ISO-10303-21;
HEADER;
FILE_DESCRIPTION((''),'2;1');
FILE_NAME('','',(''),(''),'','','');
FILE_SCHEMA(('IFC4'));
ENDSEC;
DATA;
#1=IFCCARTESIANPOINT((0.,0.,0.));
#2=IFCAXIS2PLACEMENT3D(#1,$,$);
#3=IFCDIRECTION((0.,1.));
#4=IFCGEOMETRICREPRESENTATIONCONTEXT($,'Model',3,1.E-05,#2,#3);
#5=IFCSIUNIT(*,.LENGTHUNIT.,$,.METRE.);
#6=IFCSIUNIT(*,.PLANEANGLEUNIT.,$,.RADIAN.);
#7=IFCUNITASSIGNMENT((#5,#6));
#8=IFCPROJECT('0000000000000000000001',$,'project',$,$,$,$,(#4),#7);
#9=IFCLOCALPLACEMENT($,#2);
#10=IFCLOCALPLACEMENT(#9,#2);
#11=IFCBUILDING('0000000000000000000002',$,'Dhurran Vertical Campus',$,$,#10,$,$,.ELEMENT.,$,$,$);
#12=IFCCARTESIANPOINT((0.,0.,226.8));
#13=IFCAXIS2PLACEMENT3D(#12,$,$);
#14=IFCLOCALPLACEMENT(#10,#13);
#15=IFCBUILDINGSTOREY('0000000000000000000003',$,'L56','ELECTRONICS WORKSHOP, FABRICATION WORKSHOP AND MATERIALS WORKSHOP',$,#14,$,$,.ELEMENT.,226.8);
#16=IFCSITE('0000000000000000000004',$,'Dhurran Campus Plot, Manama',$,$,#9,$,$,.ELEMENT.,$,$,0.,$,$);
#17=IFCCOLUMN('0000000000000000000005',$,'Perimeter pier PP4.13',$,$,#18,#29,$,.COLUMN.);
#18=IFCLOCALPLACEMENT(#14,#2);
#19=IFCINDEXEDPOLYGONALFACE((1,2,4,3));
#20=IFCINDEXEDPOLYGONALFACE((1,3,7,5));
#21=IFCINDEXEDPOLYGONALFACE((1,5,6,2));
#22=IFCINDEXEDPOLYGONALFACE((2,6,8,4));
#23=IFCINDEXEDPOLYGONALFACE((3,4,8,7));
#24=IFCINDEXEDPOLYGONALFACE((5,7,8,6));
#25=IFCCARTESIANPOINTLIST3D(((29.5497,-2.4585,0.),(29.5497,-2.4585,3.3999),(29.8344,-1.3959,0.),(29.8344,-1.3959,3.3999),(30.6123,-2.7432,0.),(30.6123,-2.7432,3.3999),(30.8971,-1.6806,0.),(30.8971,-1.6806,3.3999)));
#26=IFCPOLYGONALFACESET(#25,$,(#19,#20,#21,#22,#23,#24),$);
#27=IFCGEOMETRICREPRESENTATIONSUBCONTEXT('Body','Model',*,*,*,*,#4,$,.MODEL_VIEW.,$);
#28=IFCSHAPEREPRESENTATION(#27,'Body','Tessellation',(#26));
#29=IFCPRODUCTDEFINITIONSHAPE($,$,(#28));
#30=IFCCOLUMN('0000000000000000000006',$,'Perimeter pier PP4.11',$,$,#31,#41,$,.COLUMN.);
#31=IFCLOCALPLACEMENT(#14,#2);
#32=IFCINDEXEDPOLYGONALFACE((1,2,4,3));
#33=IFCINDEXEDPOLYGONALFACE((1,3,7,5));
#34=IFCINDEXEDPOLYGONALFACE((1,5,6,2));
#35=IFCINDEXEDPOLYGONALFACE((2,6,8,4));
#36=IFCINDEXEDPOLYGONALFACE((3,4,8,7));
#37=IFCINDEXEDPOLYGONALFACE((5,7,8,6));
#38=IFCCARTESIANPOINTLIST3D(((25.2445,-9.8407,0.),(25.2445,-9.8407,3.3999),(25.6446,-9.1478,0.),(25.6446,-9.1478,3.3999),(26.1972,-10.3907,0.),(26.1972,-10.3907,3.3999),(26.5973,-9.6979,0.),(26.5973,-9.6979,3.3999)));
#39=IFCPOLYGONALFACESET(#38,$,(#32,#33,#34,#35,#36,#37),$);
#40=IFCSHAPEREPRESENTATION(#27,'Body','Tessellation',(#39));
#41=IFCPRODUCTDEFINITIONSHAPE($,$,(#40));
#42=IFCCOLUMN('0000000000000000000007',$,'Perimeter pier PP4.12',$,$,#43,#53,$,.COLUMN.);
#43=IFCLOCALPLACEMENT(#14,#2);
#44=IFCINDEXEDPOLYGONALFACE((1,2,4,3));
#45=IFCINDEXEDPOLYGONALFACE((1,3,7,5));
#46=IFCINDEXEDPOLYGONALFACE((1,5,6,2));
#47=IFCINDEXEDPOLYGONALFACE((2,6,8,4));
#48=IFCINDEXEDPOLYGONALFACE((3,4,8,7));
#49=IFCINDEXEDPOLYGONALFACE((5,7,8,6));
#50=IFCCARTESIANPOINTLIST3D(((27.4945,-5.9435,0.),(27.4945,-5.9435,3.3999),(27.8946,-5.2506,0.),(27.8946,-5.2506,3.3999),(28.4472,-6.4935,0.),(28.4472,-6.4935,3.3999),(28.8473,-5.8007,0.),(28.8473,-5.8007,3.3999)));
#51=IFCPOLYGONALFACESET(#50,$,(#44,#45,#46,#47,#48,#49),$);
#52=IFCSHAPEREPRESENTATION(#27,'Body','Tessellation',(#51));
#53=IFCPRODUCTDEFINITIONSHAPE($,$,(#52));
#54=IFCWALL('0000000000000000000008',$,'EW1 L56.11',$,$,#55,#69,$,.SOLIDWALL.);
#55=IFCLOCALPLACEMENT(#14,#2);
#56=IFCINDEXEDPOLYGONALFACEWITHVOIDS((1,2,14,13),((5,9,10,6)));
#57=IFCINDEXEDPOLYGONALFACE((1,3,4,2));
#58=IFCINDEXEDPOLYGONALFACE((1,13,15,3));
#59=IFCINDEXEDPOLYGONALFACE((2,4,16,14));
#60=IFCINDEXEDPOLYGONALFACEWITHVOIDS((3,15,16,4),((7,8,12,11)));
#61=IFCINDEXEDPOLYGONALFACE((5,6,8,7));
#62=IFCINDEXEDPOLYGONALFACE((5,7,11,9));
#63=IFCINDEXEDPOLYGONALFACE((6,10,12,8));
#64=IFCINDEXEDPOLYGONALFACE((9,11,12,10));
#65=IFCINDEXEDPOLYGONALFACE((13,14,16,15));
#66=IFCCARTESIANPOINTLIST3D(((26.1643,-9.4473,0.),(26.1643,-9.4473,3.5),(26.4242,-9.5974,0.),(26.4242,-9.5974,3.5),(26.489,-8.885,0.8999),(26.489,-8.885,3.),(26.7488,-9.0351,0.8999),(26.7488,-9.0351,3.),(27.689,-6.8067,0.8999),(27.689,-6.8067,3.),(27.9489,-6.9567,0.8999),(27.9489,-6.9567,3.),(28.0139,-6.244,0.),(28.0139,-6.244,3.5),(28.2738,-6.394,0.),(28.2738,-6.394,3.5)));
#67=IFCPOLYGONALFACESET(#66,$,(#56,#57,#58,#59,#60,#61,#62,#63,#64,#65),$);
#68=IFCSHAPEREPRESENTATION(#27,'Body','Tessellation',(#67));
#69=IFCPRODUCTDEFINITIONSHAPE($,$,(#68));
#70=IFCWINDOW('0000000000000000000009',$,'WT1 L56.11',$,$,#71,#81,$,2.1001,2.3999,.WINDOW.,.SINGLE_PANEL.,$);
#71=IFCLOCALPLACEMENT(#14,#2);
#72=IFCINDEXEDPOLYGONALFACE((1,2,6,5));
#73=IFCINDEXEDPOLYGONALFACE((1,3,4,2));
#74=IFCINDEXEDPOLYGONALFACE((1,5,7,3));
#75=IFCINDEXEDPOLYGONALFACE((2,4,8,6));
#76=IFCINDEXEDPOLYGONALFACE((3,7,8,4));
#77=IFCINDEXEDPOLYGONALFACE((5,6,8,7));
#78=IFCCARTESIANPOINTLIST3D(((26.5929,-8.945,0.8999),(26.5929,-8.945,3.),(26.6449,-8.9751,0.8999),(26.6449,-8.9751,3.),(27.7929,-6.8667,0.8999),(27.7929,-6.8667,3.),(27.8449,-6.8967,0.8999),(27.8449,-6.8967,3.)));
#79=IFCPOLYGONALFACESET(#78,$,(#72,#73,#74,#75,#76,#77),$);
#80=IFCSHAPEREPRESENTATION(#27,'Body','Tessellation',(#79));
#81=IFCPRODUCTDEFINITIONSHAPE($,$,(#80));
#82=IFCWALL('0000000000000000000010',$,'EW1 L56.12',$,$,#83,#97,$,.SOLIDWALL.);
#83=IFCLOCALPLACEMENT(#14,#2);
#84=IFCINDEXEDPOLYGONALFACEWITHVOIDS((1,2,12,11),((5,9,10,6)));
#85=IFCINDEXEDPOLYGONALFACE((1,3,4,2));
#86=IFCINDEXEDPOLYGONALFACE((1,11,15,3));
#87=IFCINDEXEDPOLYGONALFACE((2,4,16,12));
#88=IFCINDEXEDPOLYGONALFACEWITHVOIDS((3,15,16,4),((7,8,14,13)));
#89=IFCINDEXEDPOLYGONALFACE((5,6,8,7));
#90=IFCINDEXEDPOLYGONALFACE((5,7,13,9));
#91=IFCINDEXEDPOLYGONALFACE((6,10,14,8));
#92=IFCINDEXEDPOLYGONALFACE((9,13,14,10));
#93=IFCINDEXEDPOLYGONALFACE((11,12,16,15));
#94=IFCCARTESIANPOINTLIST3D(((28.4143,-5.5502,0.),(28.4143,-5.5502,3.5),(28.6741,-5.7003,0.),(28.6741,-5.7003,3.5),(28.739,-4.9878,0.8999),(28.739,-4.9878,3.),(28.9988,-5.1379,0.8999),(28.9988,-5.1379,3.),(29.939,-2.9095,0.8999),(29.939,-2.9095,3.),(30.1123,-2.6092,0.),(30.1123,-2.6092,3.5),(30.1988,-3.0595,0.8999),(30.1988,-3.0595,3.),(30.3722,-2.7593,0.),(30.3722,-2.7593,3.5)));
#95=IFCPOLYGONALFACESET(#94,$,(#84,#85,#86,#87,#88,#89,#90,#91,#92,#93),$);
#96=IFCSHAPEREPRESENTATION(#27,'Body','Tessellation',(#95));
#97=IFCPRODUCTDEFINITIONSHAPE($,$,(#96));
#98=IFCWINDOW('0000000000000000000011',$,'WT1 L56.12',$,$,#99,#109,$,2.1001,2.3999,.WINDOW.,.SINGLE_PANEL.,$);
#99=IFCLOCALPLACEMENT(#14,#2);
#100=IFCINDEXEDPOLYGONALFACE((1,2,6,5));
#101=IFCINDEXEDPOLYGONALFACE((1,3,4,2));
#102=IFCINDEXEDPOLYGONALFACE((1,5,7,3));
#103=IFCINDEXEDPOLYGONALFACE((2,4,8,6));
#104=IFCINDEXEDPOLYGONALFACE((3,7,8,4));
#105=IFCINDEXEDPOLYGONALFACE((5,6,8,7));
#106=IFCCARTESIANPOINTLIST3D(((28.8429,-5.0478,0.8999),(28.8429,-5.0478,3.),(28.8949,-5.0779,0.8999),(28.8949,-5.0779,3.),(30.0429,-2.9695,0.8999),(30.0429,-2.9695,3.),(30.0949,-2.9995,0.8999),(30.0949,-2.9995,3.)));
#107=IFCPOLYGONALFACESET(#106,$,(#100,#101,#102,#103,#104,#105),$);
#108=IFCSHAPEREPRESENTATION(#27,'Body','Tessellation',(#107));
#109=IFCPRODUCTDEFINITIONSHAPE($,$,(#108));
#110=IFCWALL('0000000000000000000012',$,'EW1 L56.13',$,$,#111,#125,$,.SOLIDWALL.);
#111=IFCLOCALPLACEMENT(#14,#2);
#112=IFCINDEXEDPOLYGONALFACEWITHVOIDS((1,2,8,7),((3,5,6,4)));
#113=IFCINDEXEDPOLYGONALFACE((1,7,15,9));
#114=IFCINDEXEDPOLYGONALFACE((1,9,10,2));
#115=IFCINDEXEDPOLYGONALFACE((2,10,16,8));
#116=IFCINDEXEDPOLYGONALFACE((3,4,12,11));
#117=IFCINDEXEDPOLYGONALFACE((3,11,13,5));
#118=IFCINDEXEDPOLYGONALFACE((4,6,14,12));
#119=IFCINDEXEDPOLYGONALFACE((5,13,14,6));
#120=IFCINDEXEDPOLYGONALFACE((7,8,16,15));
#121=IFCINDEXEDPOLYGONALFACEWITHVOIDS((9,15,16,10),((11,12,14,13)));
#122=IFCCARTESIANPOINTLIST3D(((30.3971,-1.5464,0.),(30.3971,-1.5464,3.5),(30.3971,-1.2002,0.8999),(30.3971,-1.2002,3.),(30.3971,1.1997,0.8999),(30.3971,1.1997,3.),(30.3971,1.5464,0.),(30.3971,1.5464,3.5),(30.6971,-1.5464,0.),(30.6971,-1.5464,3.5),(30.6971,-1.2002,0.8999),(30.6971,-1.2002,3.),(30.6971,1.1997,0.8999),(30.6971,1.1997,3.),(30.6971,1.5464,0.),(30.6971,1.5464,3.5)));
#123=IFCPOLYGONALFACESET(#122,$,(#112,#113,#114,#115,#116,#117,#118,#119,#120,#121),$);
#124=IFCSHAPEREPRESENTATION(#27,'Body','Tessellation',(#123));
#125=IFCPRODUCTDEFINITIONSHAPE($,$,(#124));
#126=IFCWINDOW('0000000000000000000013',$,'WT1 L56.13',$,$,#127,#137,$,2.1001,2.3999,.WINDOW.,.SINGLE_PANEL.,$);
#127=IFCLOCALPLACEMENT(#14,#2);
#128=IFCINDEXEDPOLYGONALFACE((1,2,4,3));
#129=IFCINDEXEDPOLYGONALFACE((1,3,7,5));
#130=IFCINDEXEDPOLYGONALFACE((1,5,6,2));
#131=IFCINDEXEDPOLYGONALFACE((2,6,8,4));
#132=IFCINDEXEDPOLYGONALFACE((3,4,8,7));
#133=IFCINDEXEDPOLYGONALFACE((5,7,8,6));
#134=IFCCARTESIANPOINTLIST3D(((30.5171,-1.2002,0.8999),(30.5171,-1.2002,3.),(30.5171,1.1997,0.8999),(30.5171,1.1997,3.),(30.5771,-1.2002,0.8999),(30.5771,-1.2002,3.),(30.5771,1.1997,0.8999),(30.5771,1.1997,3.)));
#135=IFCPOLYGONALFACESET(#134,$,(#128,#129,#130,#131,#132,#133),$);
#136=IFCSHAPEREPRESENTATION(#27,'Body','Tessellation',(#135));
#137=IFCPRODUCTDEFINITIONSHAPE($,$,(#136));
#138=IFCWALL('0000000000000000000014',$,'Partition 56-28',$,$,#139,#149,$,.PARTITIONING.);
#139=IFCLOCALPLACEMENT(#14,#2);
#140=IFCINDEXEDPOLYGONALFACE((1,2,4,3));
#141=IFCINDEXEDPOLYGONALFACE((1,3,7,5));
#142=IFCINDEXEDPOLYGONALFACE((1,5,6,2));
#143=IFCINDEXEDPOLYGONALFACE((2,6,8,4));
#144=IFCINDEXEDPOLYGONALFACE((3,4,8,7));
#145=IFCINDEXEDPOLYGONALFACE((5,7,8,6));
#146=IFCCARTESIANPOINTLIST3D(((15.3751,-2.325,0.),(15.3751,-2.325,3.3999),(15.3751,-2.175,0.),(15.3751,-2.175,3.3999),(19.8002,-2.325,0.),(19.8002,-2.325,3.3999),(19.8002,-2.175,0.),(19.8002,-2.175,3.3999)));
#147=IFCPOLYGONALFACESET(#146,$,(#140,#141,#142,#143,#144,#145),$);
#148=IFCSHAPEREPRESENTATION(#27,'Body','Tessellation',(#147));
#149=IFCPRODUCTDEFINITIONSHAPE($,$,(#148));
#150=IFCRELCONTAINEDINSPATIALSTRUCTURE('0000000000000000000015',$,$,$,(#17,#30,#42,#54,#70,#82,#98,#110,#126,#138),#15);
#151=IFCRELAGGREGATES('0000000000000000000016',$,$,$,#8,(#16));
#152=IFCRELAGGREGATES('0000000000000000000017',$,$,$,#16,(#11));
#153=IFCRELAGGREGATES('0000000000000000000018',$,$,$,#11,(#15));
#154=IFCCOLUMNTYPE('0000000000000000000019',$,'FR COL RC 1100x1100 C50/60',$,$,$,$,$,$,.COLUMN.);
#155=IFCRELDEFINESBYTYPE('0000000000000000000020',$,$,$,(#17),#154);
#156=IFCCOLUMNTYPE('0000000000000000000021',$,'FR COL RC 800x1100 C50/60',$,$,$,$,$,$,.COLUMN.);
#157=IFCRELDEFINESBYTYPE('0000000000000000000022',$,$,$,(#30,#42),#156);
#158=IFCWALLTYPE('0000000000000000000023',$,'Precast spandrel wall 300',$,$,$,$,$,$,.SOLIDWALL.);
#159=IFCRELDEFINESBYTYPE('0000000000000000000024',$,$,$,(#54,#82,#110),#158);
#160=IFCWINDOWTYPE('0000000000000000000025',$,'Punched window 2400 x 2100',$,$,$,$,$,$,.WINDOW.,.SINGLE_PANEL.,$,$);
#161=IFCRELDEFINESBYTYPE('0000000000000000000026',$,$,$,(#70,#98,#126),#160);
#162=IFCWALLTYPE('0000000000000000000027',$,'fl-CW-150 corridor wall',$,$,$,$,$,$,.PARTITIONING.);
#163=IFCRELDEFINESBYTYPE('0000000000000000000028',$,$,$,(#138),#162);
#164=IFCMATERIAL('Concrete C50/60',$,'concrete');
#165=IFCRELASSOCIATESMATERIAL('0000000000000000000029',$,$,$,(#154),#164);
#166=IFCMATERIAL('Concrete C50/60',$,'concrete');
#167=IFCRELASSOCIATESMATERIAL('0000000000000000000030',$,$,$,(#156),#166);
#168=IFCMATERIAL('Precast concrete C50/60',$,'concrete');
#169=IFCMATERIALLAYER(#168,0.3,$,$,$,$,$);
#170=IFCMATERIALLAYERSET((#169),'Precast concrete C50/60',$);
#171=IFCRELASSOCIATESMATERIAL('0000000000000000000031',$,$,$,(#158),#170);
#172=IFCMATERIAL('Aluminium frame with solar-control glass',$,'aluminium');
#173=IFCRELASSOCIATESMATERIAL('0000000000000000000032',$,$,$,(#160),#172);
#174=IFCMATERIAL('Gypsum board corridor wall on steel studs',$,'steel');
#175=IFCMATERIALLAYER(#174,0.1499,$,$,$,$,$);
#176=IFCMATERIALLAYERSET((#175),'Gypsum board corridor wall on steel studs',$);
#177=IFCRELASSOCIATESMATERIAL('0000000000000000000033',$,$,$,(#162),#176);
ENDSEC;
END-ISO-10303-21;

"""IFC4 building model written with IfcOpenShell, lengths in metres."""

from ifc_helpers import new_model, si_unit, direction, frame, frame_2d, origin, origin_2d, place, context, subcontext, project, spatial, rectangle, extrude, material, layer, layer_set, material_profile, profile_set, type_object, element, fill, save


model = new_model("IFC4")

# Units and contexts
model_context = context("Model", 3, precision=1e-05, world=origin(), true_north=direction((0.0, 1.0)))
body_context = subcontext(model_context, "Body", "Model", "MODEL_VIEW")
ifc_project = project(units=[si_unit("LENGTHUNIT", "METRE"), si_unit("PLANEANGLEUNIT", "RADIAN")], contexts=[model_context])

# Site, building, storey
site_placement = place(None, origin())
site = spatial("IfcSite", under=ifc_project, at=site_placement, Name="Dhurran Campus Plot, Manama", CompositionType="ELEMENT", RefElevation=0.0)
building_placement = place(site_placement, origin())
building = spatial("IfcBuilding", under=site, at=building_placement, Name="Dhurran Vertical Campus", CompositionType="ELEMENT")
storey_placement = place(building_placement, frame((0.0, 0.0, 226.8)))
storey = spatial("IfcBuildingStorey", under=building, at=storey_placement, Name="L56", Description="ELECTRONICS WORKSHOP, FABRICATION WORKSHOP AND MATERIALS WORKSHOP", CompositionType="ELEMENT", Elevation=226.8)

# Columns
ifc_material_1 = material(Name="Concrete C50/60", Category="concrete")
ifc_material_profile_1 = material_profile(ifc_material_1, rectangle(XDim=1.1001, YDim=1.1001, at=origin_2d()), Name="RC 1100x1100")
ifc_profile_set_1 = profile_set([ifc_material_profile_1], Name="Concrete C50/60")
column_type_1 = type_object("IfcColumnType", Name="FR COL RC 1100x1100 C50/60", PredefinedType="COLUMN", material=ifc_profile_set_1)
column_placement = place(storey_placement, frame((30.2234, -2.0696, 0.0), z_axis=(0.0, 0.0, 1.0), x_axis=(0.258819, 0.965926, 0.0)))
element("IfcColumn", 1, at=column_placement, inside=storey, type_object=column_type_1, Name="Perimeter pier PP4.13", PredefinedType="COLUMN", context=body_context, shape_type="SweptSolid", body=[
    extrude(rectangle(XDim=1.1001, YDim=1.1001, at=origin_2d()), origin(), (0.0, 0.0, 1.0), 3.3999),
])
ifc_material_2 = material(Name="Concrete C50/60", Category="concrete")
ifc_material_profile_2 = material_profile(ifc_material_2, rectangle(XDim=0.8, YDim=1.1001, at=origin_2d()), Name="RC 800x1100")
ifc_profile_set_2 = profile_set([ifc_material_profile_2], Name="Concrete C50/60")
column_type_2 = type_object("IfcColumnType", Name="FR COL RC 800x1100 C50/60", PredefinedType="COLUMN", material=ifc_profile_set_2)
for number, where, z_axis, x_axis, name in (
    (2, (25.9209, -9.7693, 0.0), (0.0, 0.0, 1.0), (0.5, 0.866025, 0.0), "Perimeter pier PP4.11"),
    (3, (28.1709, -5.8721, 0.0), (0.0, 0.0, 1.0), (0.5, 0.866025, 0.0), "Perimeter pier PP4.12"),
):
    element("IfcColumn", number, at=place(storey_placement, frame(where, z_axis=z_axis, x_axis=x_axis)), inside=storey, type_object=column_type_2, Name=name, PredefinedType="COLUMN", context=body_context, shape_type="SweptSolid", body=[
        extrude(rectangle(XDim=0.8, YDim=1.1001, at=origin_2d()), origin(), (0.0, 0.0, 1.0), 3.3999),
    ])

# Walls, openings, windows
ifc_material_3 = material(Name="Precast concrete C50/60", Category="concrete")
ifc_layer_1 = layer(ifc_material_3, 0.3)
ifc_layer_set_1 = layer_set([ifc_layer_1], Name="Precast concrete C50/60")
wall_type_1 = type_object("IfcWallType", Name="Precast spandrel wall 300", PredefinedType="SOLIDWALL", material=ifc_layer_set_1)
wall_1_placement = place(storey_placement, frame((26.2942, -9.5225, 0.0), z_axis=(0.0, 0.0, 1.0), x_axis=(0.500029, 0.866009, 0.0)))
wall_1 = element("IfcWall", 4, at=wall_1_placement, inside=storey, type_object=wall_type_1, Name="EW1 L56.11", PredefinedType="SOLIDWALL", context=body_context, shape_type="SweptSolid", body=[
    extrude(rectangle(XDim=3.699, YDim=0.3, at=frame_2d((1.8496, 0.0))), origin(), (0.0, 0.0, 1.0), 3.5),
])
opening_1_placement = place(wall_1_placement, frame((0.6494, 0.0, 0.8999)))
opening_1 = element("IfcOpeningElement", 5, at=opening_1_placement, cuts=wall_1, PredefinedType="OPENING", context=body_context, shape_type="SweptSolid", body=[
    extrude(rectangle(XDim=2.3999, YDim=2.1001, at=frame_2d((1.2, 1.05))), frame((0.0, 0.1599, 0.0), z_axis=(0.0, -1.0, 0.0), x_axis=(1.0, 0.0, 0.0)), (0.0, 0.0, 1.0), 0.3201),
])
ifc_material_4 = material(Name="Aluminium frame with solar-control glass", Category="aluminium")
window_type = type_object("IfcWindowType", Name="Punched window 2400 x 2100", PartitioningType="SINGLE_PANEL", PredefinedType="WINDOW", material=ifc_material_4)
window_1_placement = place(opening_1_placement, origin())
window_1 = element("IfcWindow", 6, at=window_1_placement, inside=storey, type_object=window_type, Name="WT1 L56.11", OverallHeight=2.1001, OverallWidth=2.3999, PartitioningType="SINGLE_PANEL", PredefinedType="WINDOW", context=body_context, shape_type="SweptSolid", body=[
    extrude(rectangle(XDim=2.3999, YDim=2.1001, at=frame_2d((1.2, 1.05))), frame((0.0, 0.03, 0.0), z_axis=(0.0, -1.0, 0.0), x_axis=(1.0, 0.0, 0.0)), (0.0, 0.0, 1.0), 0.0601),
])
fill(opening_1, window_1)
wall_2_placement = place(storey_placement, frame((28.5442, -5.6252, 0.0), z_axis=(0.0, 0.0, 1.0), x_axis=(0.500013, 0.866018, 0.0)))
wall_2 = element("IfcWall", 7, at=wall_2_placement, inside=storey, type_object=wall_type_1, Name="EW1 L56.12", PredefinedType="SOLIDWALL", context=body_context, shape_type="SweptSolid", body=[
    extrude(rectangle(XDim=3.396, YDim=0.3, at=frame_2d((1.698, 0.0))), origin(), (0.0, 0.0, 1.0), 3.5),
])
opening_2_placement = place(wall_2_placement, frame((0.6494, 0.0, 0.8999)))
opening_2 = element("IfcOpeningElement", 8, at=opening_2_placement, cuts=wall_2, PredefinedType="OPENING", context=body_context, shape_type="SweptSolid", body=[
    extrude(rectangle(XDim=2.3999, YDim=2.1001, at=frame_2d((1.2, 1.05))), frame((0.0, 0.1599, 0.0), z_axis=(0.0, -1.0, 0.0), x_axis=(1.0, 0.0, 0.0)), (0.0, 0.0, 1.0), 0.3201),
])
window_2_placement = place(opening_2_placement, origin())
window_2 = element("IfcWindow", 9, at=window_2_placement, inside=storey, type_object=window_type, Name="WT1 L56.12", OverallHeight=2.1001, OverallWidth=2.3999, PartitioningType="SINGLE_PANEL", PredefinedType="WINDOW", context=body_context, shape_type="SweptSolid", body=[
    extrude(rectangle(XDim=2.3999, YDim=2.1001, at=frame_2d((1.2, 1.05))), frame((0.0, 0.03, 0.0), z_axis=(0.0, -1.0, 0.0), x_axis=(1.0, 0.0, 0.0)), (0.0, 0.0, 1.0), 0.0601),
])
fill(opening_2, window_2)
wall_3_placement = place(storey_placement, frame((30.5471, -1.5464, 0.0), z_axis=(0.0, 0.0, 1.0), x_axis=(0.0, 1.0, 0.0)))
wall_3 = element("IfcWall", 10, at=wall_3_placement, inside=storey, type_object=wall_type_1, Name="EW1 L56.13", PredefinedType="SOLIDWALL", context=body_context, shape_type="SweptSolid", body=[
    extrude(rectangle(XDim=3.0928, YDim=0.3, at=frame_2d((1.5464, 0.0))), origin(), (0.0, 0.0, 1.0), 3.5),
])
opening_3_placement = place(wall_3_placement, frame((0.3462, 0.0, 0.8999)))
opening_3 = element("IfcOpeningElement", 11, at=opening_3_placement, cuts=wall_3, PredefinedType="OPENING", context=body_context, shape_type="SweptSolid", body=[
    extrude(rectangle(XDim=2.3999, YDim=2.1001, at=frame_2d((1.2, 1.05))), frame((0.0, 0.1599, 0.0), z_axis=(0.0, -1.0, 0.0), x_axis=(1.0, 0.0, 0.0)), (0.0, 0.0, 1.0), 0.3201),
])
window_3_placement = place(opening_3_placement, origin())
window_3 = element("IfcWindow", 12, at=window_3_placement, inside=storey, type_object=window_type, Name="WT1 L56.13", OverallHeight=2.1001, OverallWidth=2.3999, PartitioningType="SINGLE_PANEL", PredefinedType="WINDOW", context=body_context, shape_type="SweptSolid", body=[
    extrude(rectangle(XDim=2.3999, YDim=2.1001, at=frame_2d((1.2, 1.05))), frame((0.0, 0.03, 0.0), z_axis=(0.0, -1.0, 0.0), x_axis=(1.0, 0.0, 0.0)), (0.0, 0.0, 1.0), 0.0601),
])
fill(opening_3, window_3)

# Wall
ifc_material_5 = material(Name="Gypsum board corridor wall on steel studs", Category="steel")
ifc_layer_2 = layer(ifc_material_5, 0.1499)
ifc_layer_set_2 = layer_set([ifc_layer_2], Name="Gypsum board corridor wall on steel studs")
wall_type_2 = type_object("IfcWallType", Name="fl-CW-150 corridor wall", PredefinedType="PARTITIONING", material=ifc_layer_set_2)
wall_4_placement = place(storey_placement, frame((19.8, -2.25, 0.0), z_axis=(0.0, 0.0, 1.0), x_axis=(-1.0, 0.0, 0.0)))
element("IfcWall", 13, at=wall_4_placement, inside=storey, type_object=wall_type_2, Name="Partition 56-28", PredefinedType="PARTITIONING", context=body_context, shape_type="SweptSolid", body=[
    extrude(rectangle(XDim=4.425, YDim=0.1499, at=frame_2d((2.2124, 0.0))), origin(), (0.0, 0.0, 1.0), 3.3999),
])

save(model, "model.ifc")
